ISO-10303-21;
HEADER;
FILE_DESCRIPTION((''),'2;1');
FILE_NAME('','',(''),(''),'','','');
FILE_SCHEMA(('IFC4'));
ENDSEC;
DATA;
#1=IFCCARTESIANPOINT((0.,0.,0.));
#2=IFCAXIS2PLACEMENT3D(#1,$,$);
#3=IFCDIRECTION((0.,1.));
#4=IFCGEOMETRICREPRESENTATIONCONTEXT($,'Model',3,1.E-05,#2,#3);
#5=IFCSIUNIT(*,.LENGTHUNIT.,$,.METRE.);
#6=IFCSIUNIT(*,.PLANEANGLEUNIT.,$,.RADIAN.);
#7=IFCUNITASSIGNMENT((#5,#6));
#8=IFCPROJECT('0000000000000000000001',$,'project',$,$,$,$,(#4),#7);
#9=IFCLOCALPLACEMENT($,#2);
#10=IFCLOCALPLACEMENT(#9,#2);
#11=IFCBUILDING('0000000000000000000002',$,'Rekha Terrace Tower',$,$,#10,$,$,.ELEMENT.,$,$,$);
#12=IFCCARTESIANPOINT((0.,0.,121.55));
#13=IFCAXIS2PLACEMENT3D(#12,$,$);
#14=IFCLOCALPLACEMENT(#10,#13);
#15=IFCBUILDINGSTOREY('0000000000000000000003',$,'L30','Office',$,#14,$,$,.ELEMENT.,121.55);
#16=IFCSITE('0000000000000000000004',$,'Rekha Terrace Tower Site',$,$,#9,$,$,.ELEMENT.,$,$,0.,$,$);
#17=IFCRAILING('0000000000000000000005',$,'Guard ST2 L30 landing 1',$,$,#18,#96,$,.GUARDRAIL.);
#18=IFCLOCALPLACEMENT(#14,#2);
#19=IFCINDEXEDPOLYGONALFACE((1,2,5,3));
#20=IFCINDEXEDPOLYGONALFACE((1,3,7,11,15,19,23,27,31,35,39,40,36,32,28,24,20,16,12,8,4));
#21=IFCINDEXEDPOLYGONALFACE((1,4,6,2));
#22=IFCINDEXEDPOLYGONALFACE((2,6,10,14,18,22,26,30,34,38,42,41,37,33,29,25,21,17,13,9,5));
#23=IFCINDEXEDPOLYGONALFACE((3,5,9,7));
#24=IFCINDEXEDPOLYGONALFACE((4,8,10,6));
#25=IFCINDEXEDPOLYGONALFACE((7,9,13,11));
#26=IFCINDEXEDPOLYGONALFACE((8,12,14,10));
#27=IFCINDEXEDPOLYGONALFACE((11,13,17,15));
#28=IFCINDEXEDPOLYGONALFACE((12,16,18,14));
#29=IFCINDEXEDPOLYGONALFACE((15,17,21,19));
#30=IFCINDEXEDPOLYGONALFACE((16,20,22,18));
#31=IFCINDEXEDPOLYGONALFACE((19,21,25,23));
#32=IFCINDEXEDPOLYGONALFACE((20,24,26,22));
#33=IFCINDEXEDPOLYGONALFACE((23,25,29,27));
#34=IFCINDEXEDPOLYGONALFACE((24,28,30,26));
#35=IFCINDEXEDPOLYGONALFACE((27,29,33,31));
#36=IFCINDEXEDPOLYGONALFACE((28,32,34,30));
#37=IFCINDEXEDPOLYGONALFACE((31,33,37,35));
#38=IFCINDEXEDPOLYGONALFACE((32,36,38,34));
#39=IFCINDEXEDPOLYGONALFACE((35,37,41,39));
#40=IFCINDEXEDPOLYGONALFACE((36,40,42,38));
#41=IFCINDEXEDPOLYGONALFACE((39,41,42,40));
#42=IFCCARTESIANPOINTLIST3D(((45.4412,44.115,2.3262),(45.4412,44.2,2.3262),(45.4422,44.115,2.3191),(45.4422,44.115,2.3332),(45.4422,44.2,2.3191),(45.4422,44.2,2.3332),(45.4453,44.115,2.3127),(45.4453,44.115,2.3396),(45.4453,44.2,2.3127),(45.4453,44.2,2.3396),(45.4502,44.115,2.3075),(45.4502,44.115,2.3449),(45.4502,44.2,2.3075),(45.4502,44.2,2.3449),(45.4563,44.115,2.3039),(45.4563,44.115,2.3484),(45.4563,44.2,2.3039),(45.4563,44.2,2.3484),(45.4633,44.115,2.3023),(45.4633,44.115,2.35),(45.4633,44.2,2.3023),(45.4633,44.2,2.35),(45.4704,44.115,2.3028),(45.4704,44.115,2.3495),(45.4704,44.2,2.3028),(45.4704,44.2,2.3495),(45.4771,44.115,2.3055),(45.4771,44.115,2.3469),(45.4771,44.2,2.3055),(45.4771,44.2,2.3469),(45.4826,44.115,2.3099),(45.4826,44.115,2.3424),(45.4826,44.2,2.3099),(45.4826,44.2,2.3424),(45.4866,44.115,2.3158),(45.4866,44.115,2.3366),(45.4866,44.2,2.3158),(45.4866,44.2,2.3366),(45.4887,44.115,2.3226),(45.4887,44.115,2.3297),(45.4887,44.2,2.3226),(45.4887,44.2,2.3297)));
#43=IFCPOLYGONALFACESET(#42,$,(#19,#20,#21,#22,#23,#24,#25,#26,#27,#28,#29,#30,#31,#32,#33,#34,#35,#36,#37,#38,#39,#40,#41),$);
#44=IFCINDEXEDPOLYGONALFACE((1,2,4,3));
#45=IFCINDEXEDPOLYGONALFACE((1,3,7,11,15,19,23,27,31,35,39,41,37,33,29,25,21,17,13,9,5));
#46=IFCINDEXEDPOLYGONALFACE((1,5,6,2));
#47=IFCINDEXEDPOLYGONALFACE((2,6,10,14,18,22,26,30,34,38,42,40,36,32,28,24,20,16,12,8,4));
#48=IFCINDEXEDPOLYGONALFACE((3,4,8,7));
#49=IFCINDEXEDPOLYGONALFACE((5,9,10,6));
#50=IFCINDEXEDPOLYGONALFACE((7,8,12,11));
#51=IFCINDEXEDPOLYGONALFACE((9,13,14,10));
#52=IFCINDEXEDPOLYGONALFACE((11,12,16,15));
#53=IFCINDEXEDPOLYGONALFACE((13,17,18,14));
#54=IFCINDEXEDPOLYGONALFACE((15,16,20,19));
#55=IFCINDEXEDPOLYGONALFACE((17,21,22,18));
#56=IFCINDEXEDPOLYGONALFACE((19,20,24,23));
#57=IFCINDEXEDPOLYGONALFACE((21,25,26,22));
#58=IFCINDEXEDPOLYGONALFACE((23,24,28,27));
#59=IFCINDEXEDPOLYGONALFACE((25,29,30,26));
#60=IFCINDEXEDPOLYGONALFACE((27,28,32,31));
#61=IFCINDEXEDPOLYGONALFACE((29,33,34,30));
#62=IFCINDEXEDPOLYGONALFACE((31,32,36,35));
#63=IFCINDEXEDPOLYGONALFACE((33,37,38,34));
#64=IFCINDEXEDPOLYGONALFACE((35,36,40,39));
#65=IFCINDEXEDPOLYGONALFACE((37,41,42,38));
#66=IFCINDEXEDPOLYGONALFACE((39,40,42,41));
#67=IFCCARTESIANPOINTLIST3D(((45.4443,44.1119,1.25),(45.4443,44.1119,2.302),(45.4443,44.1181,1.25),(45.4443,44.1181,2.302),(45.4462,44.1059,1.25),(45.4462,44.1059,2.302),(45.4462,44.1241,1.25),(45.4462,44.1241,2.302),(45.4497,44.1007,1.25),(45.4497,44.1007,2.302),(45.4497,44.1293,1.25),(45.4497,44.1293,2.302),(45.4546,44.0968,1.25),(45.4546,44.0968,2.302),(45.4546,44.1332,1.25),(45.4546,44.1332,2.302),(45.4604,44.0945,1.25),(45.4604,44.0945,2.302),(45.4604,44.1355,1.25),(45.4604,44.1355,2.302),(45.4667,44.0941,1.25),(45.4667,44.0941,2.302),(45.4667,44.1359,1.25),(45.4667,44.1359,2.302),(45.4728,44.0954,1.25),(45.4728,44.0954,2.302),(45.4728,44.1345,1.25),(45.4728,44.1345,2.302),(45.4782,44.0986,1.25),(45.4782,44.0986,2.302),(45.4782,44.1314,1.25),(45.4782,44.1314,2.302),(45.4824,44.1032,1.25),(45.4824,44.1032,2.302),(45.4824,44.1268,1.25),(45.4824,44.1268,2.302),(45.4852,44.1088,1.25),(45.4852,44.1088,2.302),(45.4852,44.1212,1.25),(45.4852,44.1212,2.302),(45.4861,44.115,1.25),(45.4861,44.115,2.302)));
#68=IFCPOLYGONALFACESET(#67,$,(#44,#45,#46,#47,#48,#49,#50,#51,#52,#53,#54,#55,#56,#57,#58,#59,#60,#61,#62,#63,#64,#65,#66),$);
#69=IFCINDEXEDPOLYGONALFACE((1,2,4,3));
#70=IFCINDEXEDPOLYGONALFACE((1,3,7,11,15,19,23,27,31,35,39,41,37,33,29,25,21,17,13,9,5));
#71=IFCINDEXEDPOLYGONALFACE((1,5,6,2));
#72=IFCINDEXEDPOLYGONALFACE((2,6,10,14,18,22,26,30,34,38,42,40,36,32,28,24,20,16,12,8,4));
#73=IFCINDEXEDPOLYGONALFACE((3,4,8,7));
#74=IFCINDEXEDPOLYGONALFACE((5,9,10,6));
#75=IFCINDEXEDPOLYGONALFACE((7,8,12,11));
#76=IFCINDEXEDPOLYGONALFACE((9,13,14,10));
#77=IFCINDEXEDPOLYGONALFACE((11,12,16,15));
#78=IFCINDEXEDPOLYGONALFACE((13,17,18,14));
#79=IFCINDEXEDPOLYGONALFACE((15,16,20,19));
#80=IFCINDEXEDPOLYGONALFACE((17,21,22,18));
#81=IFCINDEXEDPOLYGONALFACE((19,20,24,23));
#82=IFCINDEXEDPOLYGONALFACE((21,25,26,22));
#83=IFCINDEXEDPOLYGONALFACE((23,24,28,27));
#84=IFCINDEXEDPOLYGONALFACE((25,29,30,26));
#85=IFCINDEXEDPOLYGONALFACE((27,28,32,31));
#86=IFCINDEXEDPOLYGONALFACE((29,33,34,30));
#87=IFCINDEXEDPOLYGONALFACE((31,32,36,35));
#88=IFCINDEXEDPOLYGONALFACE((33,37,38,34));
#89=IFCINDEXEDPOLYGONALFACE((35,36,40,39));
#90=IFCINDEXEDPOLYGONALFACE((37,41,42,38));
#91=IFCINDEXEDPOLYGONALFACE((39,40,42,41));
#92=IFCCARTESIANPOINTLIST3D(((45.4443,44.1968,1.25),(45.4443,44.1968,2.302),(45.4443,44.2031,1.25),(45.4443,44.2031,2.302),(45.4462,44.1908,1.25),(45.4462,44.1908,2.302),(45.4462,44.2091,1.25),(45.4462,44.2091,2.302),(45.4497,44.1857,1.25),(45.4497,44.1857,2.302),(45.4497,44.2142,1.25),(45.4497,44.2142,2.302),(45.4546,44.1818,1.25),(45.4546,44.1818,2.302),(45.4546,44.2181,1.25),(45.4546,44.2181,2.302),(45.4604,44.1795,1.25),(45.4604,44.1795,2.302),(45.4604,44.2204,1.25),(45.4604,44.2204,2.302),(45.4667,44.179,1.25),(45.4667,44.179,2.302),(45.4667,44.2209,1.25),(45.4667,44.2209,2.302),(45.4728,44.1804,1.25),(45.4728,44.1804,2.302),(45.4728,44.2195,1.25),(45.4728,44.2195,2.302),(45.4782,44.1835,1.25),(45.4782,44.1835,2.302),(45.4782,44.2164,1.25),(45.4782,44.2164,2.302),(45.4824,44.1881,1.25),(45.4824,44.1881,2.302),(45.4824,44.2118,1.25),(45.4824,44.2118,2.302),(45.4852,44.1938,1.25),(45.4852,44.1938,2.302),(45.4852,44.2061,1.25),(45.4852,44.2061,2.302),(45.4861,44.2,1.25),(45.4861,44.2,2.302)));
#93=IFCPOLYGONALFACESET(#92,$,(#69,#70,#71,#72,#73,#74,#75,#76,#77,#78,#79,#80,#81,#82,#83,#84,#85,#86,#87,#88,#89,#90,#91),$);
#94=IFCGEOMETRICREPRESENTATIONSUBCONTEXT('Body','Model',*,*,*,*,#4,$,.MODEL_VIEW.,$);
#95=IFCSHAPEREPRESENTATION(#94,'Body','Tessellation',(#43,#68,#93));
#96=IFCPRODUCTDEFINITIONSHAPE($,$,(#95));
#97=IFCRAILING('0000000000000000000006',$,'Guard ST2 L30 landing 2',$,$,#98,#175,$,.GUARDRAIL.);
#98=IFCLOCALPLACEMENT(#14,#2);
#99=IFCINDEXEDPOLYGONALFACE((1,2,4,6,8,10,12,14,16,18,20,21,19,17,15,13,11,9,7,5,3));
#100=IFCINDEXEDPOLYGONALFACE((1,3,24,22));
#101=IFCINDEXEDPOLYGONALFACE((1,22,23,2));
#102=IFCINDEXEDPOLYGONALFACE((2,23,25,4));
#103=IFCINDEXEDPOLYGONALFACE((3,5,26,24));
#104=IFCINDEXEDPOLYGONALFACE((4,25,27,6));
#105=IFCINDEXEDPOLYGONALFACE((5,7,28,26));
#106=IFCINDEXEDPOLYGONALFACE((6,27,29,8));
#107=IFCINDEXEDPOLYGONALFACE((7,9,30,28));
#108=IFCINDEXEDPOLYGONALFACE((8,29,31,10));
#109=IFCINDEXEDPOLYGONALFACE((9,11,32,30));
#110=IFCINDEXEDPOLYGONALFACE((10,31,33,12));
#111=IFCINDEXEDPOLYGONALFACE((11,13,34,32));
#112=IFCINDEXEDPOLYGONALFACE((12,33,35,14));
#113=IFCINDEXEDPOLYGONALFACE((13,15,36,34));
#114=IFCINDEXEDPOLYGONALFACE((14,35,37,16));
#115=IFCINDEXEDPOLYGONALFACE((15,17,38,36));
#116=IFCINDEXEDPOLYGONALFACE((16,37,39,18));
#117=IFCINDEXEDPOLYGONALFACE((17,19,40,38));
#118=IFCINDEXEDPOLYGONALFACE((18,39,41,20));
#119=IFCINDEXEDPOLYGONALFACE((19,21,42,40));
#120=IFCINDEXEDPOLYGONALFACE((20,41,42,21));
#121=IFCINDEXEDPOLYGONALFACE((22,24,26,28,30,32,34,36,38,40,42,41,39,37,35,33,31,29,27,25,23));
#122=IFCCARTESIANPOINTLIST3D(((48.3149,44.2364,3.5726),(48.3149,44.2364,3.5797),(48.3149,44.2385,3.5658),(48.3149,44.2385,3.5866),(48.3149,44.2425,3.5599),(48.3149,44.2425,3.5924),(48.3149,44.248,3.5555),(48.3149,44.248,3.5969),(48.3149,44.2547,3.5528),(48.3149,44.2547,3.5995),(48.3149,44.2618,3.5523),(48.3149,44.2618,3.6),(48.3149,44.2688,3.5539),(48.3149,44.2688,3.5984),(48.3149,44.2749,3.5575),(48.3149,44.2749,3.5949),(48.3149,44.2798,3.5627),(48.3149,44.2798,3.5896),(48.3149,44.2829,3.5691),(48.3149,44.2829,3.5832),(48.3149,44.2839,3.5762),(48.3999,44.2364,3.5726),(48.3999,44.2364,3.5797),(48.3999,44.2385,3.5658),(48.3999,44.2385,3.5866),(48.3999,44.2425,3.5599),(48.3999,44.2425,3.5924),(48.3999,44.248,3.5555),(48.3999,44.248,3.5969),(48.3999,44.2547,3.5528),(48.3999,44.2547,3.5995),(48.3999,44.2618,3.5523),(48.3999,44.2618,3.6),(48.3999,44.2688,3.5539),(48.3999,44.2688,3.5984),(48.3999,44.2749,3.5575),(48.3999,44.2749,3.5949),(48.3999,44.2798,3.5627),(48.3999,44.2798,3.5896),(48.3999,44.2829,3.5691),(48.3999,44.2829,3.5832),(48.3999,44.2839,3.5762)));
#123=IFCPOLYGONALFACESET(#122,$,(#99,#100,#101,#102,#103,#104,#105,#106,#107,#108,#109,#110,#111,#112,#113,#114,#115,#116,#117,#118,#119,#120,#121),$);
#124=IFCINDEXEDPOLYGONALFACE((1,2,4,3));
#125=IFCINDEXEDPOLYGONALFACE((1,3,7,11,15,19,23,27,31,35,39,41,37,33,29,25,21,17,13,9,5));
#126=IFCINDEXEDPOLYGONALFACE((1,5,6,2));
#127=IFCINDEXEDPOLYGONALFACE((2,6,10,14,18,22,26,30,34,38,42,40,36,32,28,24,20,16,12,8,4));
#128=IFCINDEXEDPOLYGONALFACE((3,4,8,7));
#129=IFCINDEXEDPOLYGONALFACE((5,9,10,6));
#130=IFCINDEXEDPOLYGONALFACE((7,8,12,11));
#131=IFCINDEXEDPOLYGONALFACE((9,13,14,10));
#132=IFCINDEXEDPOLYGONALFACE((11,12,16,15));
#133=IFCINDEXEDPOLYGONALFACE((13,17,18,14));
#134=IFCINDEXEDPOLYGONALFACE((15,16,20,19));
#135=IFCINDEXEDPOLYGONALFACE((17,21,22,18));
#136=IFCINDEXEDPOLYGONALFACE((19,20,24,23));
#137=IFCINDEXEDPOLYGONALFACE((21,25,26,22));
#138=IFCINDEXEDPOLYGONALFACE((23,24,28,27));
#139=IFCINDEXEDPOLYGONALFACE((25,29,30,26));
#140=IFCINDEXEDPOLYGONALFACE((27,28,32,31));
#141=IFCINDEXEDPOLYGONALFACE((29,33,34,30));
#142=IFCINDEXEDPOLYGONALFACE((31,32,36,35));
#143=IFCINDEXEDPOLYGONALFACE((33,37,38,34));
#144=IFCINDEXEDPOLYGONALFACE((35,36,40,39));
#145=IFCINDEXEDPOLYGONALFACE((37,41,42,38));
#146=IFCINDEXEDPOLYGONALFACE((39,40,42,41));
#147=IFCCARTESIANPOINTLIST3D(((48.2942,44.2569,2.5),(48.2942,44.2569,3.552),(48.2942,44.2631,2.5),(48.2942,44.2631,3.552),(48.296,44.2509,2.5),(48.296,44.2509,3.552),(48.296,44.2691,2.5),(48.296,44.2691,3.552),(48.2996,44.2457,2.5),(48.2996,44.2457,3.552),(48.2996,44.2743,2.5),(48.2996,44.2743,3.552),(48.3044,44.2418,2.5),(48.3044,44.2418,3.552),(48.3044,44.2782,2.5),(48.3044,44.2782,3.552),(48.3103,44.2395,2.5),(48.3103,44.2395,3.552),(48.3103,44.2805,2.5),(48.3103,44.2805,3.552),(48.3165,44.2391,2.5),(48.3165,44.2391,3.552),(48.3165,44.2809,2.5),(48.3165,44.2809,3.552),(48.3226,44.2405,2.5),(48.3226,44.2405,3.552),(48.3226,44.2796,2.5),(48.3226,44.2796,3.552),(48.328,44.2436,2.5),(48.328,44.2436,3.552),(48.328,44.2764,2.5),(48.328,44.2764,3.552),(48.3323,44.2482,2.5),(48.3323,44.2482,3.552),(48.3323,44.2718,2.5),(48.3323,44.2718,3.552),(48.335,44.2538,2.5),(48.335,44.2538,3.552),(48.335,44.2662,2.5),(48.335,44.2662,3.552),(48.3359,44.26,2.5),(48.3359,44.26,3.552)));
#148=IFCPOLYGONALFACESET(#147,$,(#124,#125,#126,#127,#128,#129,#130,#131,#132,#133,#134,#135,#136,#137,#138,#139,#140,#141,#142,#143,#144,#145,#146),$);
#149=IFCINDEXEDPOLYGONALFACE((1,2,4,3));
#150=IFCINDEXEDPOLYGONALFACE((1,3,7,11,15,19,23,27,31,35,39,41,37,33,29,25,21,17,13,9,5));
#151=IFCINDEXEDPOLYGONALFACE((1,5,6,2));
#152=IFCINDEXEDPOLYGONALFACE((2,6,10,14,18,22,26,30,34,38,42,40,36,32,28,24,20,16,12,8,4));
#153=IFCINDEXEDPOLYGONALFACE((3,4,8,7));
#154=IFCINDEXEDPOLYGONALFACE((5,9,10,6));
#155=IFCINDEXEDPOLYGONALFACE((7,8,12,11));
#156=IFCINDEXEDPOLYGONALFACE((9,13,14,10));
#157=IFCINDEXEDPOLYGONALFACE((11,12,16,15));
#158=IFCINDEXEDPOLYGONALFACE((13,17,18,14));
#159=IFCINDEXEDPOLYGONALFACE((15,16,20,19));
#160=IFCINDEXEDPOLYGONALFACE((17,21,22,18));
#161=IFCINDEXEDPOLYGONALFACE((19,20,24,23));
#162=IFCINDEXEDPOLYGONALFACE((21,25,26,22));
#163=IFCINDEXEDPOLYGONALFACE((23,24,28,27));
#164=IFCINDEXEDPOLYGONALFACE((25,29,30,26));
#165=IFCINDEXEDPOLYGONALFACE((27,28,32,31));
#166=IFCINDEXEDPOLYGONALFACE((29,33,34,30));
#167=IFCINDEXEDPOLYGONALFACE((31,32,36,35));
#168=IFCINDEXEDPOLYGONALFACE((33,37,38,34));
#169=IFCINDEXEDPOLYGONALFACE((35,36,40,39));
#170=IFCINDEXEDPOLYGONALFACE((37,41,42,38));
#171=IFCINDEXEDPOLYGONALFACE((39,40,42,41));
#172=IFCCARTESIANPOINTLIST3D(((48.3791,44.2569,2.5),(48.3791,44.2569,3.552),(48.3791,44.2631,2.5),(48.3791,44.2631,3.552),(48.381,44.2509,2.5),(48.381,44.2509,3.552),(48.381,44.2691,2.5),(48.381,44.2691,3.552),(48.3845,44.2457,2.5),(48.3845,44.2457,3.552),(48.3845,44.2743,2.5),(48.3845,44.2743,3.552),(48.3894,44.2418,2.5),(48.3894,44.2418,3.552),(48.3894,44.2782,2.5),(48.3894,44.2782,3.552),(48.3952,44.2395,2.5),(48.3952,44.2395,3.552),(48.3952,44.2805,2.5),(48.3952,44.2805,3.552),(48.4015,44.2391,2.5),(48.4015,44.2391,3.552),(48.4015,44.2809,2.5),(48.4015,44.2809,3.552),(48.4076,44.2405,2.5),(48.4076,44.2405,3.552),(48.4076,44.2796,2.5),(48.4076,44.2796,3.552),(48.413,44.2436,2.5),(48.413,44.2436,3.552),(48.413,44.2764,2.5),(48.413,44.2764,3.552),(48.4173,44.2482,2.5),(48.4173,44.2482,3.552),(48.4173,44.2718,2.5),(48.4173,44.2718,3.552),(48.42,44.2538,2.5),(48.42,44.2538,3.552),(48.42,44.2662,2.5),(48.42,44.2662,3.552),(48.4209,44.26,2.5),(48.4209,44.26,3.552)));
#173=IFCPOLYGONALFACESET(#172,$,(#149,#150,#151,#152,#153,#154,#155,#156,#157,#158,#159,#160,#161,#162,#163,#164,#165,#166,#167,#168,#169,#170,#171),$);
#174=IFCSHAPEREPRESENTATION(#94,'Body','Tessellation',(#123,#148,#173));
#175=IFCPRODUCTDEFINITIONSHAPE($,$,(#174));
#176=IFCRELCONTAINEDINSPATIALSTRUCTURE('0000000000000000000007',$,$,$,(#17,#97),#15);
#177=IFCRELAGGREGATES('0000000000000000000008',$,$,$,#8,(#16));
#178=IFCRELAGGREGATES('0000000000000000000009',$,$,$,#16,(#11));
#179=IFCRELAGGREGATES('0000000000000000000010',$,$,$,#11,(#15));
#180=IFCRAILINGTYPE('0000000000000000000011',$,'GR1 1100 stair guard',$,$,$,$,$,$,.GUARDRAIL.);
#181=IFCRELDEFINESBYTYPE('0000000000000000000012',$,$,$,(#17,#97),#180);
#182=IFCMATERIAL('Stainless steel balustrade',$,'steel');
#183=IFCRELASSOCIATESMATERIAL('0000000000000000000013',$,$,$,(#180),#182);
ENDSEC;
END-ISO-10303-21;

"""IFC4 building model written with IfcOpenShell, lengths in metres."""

from ifc_helpers import new_model, si_unit, direction, frame, origin, origin_2d, place, context, subcontext, project, spatial, circle, extrude, material, type_object, element, save


model = new_model("IFC4")

# Units and contexts
model_context = context("Model", 3, precision=1e-05, world=origin(), true_north=direction((0.0, 1.0)))
body_context = subcontext(model_context, "Body", "Model", "MODEL_VIEW")
ifc_project = project(units=[si_unit("LENGTHUNIT", "METRE"), si_unit("PLANEANGLEUNIT", "RADIAN")], contexts=[model_context])

# Site, building, storey
site_placement = place(None, origin())
site = spatial("IfcSite", under=ifc_project, at=site_placement, Name="Rekha Terrace Tower Site", CompositionType="ELEMENT", RefElevation=0.0)
building_placement = place(site_placement, origin())
building = spatial("IfcBuilding", under=site, at=building_placement, Name="Rekha Terrace Tower", CompositionType="ELEMENT")
storey_placement = place(building_placement, frame((0.0, 0.0, 121.55)))
storey = spatial("IfcBuildingStorey", under=building, at=storey_placement, Name="L30", Description="Office", CompositionType="ELEMENT", Elevation=121.55)

# Railings
ifc_material_1 = material(Name="Stainless steel balustrade", Category="steel")
railing_type_1 = type_object("IfcRailingType", Name="GR1 1100 stair guard", PredefinedType="GUARDRAIL", material=ifc_material_1)
railing_1_placement = place(storey_placement, frame((45.4651, 44.115, 1.25)))
element("IfcRailing", 1, at=railing_1_placement, inside=storey, type_object=railing_type_1, Name="Guard ST2 L30 landing 1", PredefinedType="GUARDRAIL", context=body_context, shape_type="SweptSolid", body=[
    extrude(circle(Radius=0.0239, at=origin_2d()), frame((0.0, 0.0, 1.0762), z_axis=(0.0, 1.0, 0.0), x_axis=(-1.0, 0.0, 0.0)), (0.0, 0.0, 1.0), 0.085),
    extrude(circle(Radius=0.021, at=origin_2d()), origin(), (0.0, 0.0, 1.0), 1.052),
    extrude(circle(Radius=0.021, at=origin_2d()), frame((0.0, 0.085, 0.0)), (0.0, 0.0, 1.0), 1.052),
])
railing_2_placement = place(storey_placement, frame((48.3149, 44.26, 2.5)))
element("IfcRailing", 2, at=railing_2_placement, inside=storey, type_object=railing_type_1, Name="Guard ST2 L30 landing 2", PredefinedType="GUARDRAIL", context=body_context, shape_type="SweptSolid", body=[
    extrude(circle(Radius=0.0239, at=origin_2d()), frame((0.0, 0.0, 1.0762), z_axis=(1.0, 0.0, 0.0), x_axis=(0.0, 1.0, 0.0)), (0.0, 0.0, 1.0), 0.085),
    extrude(circle(Radius=0.021, at=origin_2d()), origin(), (0.0, 0.0, 1.0), 1.052),
    extrude(circle(Radius=0.021, at=origin_2d()), frame((0.085, 0.0, 0.0)), (0.0, 0.0, 1.0), 1.052),
])

save(model, "model.ifc")
